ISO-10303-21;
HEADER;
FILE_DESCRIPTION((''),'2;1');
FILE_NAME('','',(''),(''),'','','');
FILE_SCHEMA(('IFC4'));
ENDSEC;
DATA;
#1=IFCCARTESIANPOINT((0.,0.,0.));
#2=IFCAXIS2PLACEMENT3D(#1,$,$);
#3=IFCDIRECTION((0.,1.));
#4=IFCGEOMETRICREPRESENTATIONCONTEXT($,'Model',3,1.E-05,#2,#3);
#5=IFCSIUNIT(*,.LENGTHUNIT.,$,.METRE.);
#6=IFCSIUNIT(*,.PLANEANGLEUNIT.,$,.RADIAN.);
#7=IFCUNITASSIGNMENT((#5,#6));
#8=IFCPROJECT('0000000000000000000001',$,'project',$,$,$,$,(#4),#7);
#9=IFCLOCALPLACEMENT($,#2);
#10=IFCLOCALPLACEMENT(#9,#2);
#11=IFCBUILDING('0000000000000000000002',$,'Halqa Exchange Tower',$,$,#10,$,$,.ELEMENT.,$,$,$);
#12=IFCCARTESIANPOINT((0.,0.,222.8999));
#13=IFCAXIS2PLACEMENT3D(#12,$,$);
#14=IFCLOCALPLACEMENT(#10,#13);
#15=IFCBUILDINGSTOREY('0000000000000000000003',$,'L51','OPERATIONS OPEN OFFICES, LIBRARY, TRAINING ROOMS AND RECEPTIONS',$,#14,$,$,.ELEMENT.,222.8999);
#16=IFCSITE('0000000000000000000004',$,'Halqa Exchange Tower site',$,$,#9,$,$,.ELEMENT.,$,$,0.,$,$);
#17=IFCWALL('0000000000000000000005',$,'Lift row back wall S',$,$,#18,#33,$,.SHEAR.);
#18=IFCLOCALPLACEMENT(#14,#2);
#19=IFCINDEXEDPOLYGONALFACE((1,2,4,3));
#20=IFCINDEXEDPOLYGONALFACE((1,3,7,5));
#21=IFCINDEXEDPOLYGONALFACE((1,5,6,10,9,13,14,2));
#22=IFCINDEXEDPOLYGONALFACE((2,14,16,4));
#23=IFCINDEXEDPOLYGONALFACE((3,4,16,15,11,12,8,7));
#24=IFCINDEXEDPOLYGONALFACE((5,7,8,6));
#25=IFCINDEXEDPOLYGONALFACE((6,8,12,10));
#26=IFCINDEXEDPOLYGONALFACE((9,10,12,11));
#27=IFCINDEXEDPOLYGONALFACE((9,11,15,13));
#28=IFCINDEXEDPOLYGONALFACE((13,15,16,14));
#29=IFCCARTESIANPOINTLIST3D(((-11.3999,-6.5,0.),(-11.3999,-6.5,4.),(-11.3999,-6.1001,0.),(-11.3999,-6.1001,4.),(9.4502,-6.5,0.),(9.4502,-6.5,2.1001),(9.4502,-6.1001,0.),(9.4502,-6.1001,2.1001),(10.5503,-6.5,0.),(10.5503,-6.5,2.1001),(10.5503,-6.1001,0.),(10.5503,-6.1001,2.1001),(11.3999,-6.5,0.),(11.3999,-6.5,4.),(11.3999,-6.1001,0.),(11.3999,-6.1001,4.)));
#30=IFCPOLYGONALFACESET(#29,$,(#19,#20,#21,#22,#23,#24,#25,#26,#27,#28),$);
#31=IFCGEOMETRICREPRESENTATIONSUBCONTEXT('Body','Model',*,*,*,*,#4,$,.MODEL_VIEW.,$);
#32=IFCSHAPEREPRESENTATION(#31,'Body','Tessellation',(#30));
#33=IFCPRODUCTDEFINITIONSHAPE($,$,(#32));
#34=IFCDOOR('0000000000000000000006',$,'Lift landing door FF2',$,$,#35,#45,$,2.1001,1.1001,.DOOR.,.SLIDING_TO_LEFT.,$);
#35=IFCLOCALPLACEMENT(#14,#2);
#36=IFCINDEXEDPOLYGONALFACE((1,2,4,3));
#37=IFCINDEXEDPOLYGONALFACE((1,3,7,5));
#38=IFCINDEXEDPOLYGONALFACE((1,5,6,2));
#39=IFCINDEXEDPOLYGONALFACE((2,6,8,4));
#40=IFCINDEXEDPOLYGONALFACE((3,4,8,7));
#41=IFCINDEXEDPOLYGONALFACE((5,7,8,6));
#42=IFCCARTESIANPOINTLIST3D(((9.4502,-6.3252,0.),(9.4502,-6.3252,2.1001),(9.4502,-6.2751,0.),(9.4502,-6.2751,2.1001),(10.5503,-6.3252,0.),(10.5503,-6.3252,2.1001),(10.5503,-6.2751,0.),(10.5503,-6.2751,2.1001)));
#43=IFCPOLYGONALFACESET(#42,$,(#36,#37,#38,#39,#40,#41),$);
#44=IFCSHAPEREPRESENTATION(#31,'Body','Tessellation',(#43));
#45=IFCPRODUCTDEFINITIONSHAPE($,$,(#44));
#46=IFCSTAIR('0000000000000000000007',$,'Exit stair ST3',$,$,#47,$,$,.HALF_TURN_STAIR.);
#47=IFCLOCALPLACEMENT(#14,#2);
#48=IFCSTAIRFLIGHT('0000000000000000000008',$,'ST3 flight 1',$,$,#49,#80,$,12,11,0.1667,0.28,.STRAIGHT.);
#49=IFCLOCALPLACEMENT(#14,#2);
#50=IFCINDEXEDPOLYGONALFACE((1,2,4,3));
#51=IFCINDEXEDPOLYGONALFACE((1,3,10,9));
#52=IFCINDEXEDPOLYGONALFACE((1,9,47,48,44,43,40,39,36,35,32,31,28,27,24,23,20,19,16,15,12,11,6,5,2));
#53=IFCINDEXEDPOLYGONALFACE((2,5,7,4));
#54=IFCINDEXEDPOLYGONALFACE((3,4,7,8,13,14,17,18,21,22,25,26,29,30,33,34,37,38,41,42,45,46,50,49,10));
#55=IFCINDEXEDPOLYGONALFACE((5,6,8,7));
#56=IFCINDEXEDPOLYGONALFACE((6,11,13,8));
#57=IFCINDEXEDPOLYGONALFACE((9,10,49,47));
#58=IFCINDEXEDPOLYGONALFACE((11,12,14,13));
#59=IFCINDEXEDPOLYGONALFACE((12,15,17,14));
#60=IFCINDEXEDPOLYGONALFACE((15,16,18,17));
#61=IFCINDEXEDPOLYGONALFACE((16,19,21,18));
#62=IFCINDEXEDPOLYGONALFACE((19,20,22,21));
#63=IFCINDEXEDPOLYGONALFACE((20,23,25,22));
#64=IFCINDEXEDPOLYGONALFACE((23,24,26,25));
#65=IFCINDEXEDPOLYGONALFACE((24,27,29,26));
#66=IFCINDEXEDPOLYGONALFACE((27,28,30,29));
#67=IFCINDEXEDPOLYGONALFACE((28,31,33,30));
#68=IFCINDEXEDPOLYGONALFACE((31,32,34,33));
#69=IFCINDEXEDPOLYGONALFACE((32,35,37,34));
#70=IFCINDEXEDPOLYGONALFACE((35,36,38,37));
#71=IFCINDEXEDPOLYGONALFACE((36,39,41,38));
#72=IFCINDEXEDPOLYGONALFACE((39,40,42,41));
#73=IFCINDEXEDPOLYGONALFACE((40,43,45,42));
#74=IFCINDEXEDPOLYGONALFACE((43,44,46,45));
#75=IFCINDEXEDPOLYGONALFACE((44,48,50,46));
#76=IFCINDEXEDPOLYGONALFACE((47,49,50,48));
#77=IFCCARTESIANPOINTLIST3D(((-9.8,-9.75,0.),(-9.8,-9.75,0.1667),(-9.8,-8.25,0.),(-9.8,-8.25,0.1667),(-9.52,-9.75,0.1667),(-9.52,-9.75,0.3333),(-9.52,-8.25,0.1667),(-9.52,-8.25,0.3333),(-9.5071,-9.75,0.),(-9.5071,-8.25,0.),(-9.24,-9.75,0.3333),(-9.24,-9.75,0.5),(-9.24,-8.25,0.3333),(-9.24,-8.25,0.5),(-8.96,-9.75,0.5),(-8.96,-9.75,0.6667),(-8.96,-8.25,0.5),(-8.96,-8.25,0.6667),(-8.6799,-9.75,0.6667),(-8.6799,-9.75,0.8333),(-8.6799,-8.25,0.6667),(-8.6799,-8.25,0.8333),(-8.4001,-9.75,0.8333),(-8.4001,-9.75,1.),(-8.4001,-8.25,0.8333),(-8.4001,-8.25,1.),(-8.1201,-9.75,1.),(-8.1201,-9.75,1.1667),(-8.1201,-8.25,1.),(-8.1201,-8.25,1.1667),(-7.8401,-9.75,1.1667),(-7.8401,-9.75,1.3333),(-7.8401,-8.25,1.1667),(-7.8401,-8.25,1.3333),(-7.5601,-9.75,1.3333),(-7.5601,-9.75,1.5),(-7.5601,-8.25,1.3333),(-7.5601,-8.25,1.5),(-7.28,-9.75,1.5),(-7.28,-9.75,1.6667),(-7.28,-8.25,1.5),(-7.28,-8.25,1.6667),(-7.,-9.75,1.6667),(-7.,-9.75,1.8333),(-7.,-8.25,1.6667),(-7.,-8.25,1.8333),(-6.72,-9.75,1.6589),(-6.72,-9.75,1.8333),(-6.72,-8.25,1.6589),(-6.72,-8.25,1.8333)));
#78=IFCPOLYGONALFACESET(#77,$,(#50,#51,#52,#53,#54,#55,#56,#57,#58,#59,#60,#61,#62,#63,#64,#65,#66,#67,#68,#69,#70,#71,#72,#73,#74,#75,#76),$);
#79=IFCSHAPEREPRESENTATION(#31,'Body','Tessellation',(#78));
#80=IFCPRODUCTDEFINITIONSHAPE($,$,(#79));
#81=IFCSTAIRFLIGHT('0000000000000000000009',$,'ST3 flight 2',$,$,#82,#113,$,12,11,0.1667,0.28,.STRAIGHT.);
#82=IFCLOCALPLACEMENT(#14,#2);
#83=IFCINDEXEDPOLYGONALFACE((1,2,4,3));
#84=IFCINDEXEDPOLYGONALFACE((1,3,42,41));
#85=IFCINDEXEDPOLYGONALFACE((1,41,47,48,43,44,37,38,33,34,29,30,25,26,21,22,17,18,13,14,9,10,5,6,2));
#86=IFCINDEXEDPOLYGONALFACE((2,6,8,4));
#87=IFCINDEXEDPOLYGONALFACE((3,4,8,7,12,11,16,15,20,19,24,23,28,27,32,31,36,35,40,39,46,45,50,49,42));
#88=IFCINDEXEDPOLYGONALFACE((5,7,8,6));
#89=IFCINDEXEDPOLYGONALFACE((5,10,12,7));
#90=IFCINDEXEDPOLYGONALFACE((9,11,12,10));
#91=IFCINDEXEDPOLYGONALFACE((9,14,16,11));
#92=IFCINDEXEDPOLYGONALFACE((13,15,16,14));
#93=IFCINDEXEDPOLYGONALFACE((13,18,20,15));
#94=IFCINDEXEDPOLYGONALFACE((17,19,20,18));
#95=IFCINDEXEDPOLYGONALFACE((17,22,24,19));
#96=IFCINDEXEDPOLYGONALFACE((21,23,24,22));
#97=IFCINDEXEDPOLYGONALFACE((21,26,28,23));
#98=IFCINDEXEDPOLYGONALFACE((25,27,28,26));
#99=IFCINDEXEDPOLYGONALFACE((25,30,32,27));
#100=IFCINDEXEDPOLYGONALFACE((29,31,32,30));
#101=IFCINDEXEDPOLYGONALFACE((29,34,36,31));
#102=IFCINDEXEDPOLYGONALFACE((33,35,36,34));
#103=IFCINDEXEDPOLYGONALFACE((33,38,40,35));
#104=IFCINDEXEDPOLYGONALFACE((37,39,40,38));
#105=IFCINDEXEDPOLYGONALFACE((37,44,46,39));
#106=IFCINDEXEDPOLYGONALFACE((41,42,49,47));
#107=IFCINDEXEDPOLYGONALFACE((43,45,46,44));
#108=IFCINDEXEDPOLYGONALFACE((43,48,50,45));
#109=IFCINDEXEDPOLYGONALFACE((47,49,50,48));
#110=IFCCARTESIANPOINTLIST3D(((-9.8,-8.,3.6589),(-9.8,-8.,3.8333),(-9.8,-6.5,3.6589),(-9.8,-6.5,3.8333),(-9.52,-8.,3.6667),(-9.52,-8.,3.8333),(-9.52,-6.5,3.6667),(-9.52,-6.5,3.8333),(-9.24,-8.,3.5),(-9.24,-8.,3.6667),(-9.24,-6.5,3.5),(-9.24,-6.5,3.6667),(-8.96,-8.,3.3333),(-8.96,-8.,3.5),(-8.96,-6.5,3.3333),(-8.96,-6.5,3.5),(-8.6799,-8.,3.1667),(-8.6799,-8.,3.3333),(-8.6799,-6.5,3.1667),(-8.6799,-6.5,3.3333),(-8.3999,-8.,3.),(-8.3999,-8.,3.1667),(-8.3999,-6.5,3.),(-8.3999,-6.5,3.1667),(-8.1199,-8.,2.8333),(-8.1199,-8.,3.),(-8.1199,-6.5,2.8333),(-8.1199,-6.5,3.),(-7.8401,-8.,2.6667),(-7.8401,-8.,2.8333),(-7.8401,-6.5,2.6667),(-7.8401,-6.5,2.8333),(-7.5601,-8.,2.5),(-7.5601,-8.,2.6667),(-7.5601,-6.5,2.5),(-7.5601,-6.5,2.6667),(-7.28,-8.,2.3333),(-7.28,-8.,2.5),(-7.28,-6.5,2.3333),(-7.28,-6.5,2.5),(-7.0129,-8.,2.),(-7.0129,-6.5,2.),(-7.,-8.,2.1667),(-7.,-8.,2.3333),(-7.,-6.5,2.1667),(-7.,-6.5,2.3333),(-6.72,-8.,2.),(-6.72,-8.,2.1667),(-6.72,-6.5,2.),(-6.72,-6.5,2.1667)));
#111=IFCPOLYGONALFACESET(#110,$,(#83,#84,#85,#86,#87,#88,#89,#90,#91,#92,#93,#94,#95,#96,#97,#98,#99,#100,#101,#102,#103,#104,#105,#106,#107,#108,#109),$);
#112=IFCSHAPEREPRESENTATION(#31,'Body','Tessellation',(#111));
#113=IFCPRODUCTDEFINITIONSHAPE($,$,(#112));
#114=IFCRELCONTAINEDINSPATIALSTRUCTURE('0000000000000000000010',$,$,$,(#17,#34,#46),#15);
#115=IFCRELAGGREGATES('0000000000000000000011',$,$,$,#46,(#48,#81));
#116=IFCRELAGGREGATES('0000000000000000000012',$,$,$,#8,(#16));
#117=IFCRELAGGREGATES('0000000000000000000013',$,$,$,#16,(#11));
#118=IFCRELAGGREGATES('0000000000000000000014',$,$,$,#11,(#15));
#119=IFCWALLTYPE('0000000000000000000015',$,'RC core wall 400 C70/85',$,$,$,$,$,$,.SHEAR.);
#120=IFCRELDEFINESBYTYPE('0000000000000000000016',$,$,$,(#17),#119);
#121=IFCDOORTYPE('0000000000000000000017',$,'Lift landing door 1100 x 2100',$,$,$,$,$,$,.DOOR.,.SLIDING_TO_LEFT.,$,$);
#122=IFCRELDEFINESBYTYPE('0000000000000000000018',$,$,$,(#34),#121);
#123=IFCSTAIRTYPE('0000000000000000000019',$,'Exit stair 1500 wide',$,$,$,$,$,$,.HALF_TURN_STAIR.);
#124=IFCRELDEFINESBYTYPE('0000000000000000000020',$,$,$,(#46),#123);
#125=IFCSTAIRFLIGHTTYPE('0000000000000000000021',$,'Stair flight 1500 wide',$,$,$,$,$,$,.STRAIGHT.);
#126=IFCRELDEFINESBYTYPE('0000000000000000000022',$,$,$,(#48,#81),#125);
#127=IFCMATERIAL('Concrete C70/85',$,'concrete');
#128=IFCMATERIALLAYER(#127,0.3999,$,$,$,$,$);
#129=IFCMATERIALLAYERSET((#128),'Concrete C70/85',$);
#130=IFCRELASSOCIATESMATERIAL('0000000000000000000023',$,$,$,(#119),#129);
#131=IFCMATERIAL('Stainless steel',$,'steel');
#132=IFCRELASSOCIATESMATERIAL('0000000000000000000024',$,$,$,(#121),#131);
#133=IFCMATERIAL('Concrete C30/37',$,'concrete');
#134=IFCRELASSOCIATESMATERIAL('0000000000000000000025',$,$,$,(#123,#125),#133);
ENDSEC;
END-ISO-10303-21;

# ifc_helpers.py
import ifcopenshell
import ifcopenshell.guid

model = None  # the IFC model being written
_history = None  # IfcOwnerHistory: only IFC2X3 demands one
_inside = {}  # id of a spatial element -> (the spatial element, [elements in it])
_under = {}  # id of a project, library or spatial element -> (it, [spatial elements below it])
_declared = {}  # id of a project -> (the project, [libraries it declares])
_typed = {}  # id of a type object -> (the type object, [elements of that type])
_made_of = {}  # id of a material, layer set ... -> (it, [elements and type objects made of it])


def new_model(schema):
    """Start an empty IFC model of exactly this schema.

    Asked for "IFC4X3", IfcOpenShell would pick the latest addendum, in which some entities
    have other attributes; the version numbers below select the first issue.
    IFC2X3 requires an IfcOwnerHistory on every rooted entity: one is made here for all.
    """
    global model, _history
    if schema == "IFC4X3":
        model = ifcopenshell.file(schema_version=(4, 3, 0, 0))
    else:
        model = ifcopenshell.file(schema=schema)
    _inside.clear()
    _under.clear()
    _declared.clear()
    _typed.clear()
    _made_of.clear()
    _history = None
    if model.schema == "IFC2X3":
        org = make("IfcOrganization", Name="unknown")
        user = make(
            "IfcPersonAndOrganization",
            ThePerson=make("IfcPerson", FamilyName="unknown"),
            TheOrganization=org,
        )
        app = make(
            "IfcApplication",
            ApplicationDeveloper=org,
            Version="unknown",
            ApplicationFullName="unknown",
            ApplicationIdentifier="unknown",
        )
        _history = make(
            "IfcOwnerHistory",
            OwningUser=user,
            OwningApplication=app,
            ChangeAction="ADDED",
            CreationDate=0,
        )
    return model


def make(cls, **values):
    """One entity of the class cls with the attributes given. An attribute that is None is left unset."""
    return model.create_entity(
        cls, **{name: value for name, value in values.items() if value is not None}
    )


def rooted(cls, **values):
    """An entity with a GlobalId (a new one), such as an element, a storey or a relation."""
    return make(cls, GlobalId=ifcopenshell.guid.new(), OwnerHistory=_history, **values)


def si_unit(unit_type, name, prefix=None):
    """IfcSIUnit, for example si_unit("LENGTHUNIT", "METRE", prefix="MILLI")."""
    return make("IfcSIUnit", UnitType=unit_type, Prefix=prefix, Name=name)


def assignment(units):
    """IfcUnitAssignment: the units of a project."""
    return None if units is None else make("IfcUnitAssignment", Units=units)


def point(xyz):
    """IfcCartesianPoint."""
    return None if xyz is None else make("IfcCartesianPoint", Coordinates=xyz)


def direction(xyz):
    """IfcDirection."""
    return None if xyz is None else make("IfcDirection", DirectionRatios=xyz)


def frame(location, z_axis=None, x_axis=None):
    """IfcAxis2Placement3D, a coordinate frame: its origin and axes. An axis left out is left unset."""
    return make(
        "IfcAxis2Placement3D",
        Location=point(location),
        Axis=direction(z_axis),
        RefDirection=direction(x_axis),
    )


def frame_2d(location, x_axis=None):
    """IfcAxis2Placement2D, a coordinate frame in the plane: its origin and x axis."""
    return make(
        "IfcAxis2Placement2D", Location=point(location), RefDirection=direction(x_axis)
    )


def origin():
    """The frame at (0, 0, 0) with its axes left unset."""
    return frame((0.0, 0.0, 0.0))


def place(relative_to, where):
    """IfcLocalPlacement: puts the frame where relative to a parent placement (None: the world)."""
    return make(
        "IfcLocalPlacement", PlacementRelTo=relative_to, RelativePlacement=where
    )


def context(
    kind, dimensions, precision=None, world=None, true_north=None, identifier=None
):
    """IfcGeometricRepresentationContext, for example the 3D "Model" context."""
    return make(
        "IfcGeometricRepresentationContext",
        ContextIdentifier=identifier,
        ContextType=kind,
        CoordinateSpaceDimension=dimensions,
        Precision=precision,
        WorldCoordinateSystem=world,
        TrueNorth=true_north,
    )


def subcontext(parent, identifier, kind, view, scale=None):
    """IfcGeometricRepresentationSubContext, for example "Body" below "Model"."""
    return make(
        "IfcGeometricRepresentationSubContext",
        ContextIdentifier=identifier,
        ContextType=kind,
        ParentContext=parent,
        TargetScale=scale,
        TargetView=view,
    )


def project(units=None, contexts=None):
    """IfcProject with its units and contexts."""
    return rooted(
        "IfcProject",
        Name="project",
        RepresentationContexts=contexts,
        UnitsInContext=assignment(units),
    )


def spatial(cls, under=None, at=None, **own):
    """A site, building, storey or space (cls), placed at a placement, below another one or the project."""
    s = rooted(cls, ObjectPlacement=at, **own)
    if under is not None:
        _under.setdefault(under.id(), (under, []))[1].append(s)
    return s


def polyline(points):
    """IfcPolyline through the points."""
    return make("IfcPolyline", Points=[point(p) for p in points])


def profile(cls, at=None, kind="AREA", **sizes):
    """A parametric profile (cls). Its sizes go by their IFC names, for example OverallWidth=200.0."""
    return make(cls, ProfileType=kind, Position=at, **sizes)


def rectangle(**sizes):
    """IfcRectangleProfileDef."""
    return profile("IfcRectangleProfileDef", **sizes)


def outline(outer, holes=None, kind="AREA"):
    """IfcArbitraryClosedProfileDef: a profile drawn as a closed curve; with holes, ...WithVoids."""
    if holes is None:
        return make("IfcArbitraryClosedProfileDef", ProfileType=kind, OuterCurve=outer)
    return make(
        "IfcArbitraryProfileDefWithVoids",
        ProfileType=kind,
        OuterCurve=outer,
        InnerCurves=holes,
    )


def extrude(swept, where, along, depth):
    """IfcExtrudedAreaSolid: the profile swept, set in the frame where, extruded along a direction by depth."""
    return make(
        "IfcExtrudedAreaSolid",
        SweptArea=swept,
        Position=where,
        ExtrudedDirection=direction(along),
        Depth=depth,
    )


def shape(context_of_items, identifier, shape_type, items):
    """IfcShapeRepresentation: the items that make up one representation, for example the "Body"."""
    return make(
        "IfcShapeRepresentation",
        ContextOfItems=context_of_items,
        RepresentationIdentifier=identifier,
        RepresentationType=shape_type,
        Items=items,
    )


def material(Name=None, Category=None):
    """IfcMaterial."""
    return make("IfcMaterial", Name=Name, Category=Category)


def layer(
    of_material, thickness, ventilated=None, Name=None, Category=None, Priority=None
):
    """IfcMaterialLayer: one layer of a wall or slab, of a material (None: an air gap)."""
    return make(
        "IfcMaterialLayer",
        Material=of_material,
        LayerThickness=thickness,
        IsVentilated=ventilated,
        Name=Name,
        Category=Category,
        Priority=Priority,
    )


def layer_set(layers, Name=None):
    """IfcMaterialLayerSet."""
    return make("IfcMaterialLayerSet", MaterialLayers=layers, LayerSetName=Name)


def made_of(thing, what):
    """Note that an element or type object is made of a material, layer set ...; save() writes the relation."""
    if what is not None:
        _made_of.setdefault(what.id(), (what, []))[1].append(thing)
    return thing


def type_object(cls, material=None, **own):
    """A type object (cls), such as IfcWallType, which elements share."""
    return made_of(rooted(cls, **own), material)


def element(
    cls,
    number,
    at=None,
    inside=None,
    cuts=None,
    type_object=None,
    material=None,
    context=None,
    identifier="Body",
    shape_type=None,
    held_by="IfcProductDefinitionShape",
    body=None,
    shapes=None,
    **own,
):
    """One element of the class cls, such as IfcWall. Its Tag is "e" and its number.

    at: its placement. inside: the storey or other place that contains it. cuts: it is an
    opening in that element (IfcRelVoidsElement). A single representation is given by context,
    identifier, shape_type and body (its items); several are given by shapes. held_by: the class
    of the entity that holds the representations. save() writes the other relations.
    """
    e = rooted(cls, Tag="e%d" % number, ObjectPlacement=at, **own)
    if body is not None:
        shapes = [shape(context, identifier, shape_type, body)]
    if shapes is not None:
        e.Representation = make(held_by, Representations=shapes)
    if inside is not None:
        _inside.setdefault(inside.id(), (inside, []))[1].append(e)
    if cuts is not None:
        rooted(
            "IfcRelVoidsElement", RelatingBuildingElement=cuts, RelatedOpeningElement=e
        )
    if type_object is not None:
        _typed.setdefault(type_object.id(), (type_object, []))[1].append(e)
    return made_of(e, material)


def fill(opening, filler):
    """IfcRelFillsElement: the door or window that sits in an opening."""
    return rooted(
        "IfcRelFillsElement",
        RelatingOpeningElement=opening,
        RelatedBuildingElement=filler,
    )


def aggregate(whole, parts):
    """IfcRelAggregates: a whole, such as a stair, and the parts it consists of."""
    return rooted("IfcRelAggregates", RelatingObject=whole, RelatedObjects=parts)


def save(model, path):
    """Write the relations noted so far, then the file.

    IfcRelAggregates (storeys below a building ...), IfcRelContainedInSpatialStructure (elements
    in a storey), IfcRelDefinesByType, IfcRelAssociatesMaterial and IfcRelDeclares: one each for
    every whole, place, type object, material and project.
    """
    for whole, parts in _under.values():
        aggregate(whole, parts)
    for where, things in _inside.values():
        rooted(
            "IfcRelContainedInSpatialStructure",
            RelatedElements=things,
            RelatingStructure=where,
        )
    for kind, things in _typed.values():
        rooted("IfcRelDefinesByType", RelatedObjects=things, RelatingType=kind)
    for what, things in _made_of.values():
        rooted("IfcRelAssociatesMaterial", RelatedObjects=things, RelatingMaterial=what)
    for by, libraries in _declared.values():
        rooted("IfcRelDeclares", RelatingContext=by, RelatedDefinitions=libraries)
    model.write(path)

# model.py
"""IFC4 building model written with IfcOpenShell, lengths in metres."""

from ifc_helpers import new_model, si_unit, direction, frame, frame_2d, origin, place, context, subcontext, project, spatial, polyline, rectangle, outline, extrude, material, layer, layer_set, type_object, element, fill, aggregate, save


model = new_model("IFC4")

# Units and contexts
model_context = context("Model", 3, precision=1e-05, world=origin(), true_north=direction((0.0, 1.0)))
body_context = subcontext(model_context, "Body", "Model", "MODEL_VIEW")
ifc_project = project(units=[si_unit("LENGTHUNIT", "METRE"), si_unit("PLANEANGLEUNIT", "RADIAN")], contexts=[model_context])

# Site, building, storey
site_placement = place(None, origin())
site = spatial("IfcSite", under=ifc_project, at=site_placement, Name="Halqa Exchange Tower site", CompositionType="ELEMENT", RefElevation=0.0)
building_placement = place(site_placement, origin())
building = spatial("IfcBuilding", under=site, at=building_placement, Name="Halqa Exchange Tower", CompositionType="ELEMENT")
storey_placement = place(building_placement, frame((0.0, 0.0, 222.8999)))
storey = spatial("IfcBuildingStorey", under=building, at=storey_placement, Name="L51", Description="OPERATIONS OPEN OFFICES, LIBRARY, TRAINING ROOMS AND RECEPTIONS", CompositionType="ELEMENT", Elevation=222.8999)

# Shared definitions
ifc_material_1 = material(Name="Concrete C70/85", Category="concrete")
ifc_layer_1 = layer(ifc_material_1, 0.3999)
ifc_layer_set_1 = layer_set([ifc_layer_1], Name="Concrete C70/85")
wall_type_1 = type_object("IfcWallType", Name="RC core wall 400 C70/85", PredefinedType="SHEAR", material=ifc_layer_set_1)
ifc_material_2 = material(Name="Stainless steel", Category="steel")
door_type_1 = type_object("IfcDoorType", Name="Lift landing door 1100 x 2100", OperationType="SLIDING_TO_LEFT", PredefinedType="DOOR", material=ifc_material_2)

# Wall, opening, door
wall_1_placement = place(storey_placement, frame((-11.3999, -6.3, 0.0), z_axis=(0.0, 0.0, 1.0), x_axis=(1.0, 0.0, 0.0)))
wall_1 = element("IfcWall", 1, at=wall_1_placement, inside=storey, type_object=wall_type_1, Name="Lift row back wall S", PredefinedType="SHEAR", context=body_context, shape_type="SweptSolid", body=[
    extrude(rectangle(XDim=22.7998, YDim=0.3999, at=frame_2d((11.3999, 0.0))), origin(), (0.0, 0.0, 1.0), 4.0),
])
opening_1_placement = place(wall_1_placement, frame((20.8501, 0.0, 0.0)))
opening_1 = element("IfcOpeningElement", 2, at=opening_1_placement, cuts=wall_1, PredefinedType="OPENING", context=body_context, shape_type="SweptSolid", body=[
    extrude(rectangle(XDim=1.1001, YDim=2.1001, at=frame_2d((0.55, 1.05))), frame((0.0, 0.2119, 0.0), z_axis=(0.0, -1.0, 0.0), x_axis=(1.0, 0.0, 0.0)), (0.0, 0.0, 1.0), 0.4238),
])
door_1_placement = place(opening_1_placement, origin())
door_1 = element("IfcDoor", 3, at=door_1_placement, inside=storey, type_object=door_type_1, Name="Lift landing door FF2", OperationType="SLIDING_TO_LEFT", OverallHeight=2.1001, OverallWidth=1.1001, PredefinedType="DOOR", context=body_context, shape_type="SweptSolid", body=[
    extrude(rectangle(XDim=1.1001, YDim=2.1001, at=frame_2d((0.55, 1.05))), frame((0.0, 0.0249, 0.0), z_axis=(0.0, -1.0, 0.0), x_axis=(1.0, 0.0, 0.0)), (0.0, 0.0, 1.0), 0.05),
])
fill(opening_1, door_1)

# Stair, stair flights
ifc_material_3 = material(Name="Concrete C30/37", Category="concrete")
stair_type = type_object("IfcStairType", Name="Exit stair 1500 wide", PredefinedType="HALF_TURN_STAIR", material=ifc_material_3)
stair_placement = place(storey_placement, origin())
stair = element("IfcStair", 4, at=stair_placement, inside=storey, type_object=stair_type, Name="Exit stair ST3", PredefinedType="HALF_TURN_STAIR")
stair_flight_type = type_object("IfcStairFlightType", Name="Stair flight 1500 wide", PredefinedType="STRAIGHT", material=ifc_material_3)
stair_flight_1_placement = place(storey_placement, frame((-9.8, -9.0, 0.0), z_axis=(0.0, 0.0, 1.0), x_axis=(1.0, 0.0, 0.0)))
stair_flight_1 = element("IfcStairFlight", 5, at=stair_flight_1_placement, type_object=stair_flight_type, Name="ST3 flight 1", NumberOfRisers=12, NumberOfTreads=11, PredefinedType="STRAIGHT", RiserHeight=0.1667, TreadLength=0.28, context=body_context, shape_type="SweptSolid", body=[
    extrude(outline(polyline([(0.0, 0.0), (0.0, 0.1667), (0.28, 0.1667), (0.28, 0.3333), (0.5601, 0.3333), (0.5601, 0.5), (0.8401, 0.5), (0.8401, 0.6667), (1.1201, 0.6667), (1.1201, 0.8333), (1.3999, 0.8333), (1.3999, 1.0), (1.6799, 1.0), (1.6799, 1.1667), (1.96, 1.1667), (1.96, 1.3333), (2.24, 1.3333), (2.24, 1.5), (2.52, 1.5), (2.52, 1.6667), (2.8, 1.6667), (2.8, 1.8333), (3.0801, 1.8333), (3.0801, 2.0), (3.0801, 1.6589), (0.293, 0.0), (0.0, 0.0)])), frame((0.0, 0.75, 0.0), z_axis=(0.0, -1.0, 0.0), x_axis=(1.0, 0.0, 0.0)), (0.0, 0.0, 1.0), 1.5),
])
stair_flight_2_placement = place(storey_placement, frame((-6.72, -7.25, 2.0), z_axis=(0.0, 0.0, 1.0), x_axis=(-1.0, 0.0, 0.0)))
stair_flight_2 = element("IfcStairFlight", 6, at=stair_flight_2_placement, type_object=stair_flight_type, Name="ST3 flight 2", NumberOfRisers=12, NumberOfTreads=11, PredefinedType="STRAIGHT", RiserHeight=0.1667, TreadLength=0.28, context=body_context, shape_type="SweptSolid", body=[
    extrude(outline(polyline([(0.0, 0.0), (0.0, 0.1667), (0.28, 0.1667), (0.28, 0.3333), (0.5601, 0.3333), (0.5601, 0.5), (0.8401, 0.5), (0.8401, 0.6667), (1.1201, 0.6667), (1.1201, 0.8333), (1.3999, 0.8333), (1.3999, 1.0), (1.6799, 1.0), (1.6799, 1.1667), (1.96, 1.1667), (1.96, 1.3333), (2.24, 1.3333), (2.24, 1.5), (2.52, 1.5), (2.52, 1.6667), (2.8, 1.6667), (2.8, 1.8333), (3.0801, 1.8333), (3.0801, 2.0), (3.0801, 1.6589), (0.293, 0.0), (0.0, 0.0)])), frame((0.0, 0.75, 0.0), z_axis=(0.0, -1.0, 0.0), x_axis=(1.0, 0.0, 0.0)), (0.0, 0.0, 1.0), 1.5),
])
aggregate(stair, [stair_flight_1, stair_flight_2])

save(model, "model.ifc")
